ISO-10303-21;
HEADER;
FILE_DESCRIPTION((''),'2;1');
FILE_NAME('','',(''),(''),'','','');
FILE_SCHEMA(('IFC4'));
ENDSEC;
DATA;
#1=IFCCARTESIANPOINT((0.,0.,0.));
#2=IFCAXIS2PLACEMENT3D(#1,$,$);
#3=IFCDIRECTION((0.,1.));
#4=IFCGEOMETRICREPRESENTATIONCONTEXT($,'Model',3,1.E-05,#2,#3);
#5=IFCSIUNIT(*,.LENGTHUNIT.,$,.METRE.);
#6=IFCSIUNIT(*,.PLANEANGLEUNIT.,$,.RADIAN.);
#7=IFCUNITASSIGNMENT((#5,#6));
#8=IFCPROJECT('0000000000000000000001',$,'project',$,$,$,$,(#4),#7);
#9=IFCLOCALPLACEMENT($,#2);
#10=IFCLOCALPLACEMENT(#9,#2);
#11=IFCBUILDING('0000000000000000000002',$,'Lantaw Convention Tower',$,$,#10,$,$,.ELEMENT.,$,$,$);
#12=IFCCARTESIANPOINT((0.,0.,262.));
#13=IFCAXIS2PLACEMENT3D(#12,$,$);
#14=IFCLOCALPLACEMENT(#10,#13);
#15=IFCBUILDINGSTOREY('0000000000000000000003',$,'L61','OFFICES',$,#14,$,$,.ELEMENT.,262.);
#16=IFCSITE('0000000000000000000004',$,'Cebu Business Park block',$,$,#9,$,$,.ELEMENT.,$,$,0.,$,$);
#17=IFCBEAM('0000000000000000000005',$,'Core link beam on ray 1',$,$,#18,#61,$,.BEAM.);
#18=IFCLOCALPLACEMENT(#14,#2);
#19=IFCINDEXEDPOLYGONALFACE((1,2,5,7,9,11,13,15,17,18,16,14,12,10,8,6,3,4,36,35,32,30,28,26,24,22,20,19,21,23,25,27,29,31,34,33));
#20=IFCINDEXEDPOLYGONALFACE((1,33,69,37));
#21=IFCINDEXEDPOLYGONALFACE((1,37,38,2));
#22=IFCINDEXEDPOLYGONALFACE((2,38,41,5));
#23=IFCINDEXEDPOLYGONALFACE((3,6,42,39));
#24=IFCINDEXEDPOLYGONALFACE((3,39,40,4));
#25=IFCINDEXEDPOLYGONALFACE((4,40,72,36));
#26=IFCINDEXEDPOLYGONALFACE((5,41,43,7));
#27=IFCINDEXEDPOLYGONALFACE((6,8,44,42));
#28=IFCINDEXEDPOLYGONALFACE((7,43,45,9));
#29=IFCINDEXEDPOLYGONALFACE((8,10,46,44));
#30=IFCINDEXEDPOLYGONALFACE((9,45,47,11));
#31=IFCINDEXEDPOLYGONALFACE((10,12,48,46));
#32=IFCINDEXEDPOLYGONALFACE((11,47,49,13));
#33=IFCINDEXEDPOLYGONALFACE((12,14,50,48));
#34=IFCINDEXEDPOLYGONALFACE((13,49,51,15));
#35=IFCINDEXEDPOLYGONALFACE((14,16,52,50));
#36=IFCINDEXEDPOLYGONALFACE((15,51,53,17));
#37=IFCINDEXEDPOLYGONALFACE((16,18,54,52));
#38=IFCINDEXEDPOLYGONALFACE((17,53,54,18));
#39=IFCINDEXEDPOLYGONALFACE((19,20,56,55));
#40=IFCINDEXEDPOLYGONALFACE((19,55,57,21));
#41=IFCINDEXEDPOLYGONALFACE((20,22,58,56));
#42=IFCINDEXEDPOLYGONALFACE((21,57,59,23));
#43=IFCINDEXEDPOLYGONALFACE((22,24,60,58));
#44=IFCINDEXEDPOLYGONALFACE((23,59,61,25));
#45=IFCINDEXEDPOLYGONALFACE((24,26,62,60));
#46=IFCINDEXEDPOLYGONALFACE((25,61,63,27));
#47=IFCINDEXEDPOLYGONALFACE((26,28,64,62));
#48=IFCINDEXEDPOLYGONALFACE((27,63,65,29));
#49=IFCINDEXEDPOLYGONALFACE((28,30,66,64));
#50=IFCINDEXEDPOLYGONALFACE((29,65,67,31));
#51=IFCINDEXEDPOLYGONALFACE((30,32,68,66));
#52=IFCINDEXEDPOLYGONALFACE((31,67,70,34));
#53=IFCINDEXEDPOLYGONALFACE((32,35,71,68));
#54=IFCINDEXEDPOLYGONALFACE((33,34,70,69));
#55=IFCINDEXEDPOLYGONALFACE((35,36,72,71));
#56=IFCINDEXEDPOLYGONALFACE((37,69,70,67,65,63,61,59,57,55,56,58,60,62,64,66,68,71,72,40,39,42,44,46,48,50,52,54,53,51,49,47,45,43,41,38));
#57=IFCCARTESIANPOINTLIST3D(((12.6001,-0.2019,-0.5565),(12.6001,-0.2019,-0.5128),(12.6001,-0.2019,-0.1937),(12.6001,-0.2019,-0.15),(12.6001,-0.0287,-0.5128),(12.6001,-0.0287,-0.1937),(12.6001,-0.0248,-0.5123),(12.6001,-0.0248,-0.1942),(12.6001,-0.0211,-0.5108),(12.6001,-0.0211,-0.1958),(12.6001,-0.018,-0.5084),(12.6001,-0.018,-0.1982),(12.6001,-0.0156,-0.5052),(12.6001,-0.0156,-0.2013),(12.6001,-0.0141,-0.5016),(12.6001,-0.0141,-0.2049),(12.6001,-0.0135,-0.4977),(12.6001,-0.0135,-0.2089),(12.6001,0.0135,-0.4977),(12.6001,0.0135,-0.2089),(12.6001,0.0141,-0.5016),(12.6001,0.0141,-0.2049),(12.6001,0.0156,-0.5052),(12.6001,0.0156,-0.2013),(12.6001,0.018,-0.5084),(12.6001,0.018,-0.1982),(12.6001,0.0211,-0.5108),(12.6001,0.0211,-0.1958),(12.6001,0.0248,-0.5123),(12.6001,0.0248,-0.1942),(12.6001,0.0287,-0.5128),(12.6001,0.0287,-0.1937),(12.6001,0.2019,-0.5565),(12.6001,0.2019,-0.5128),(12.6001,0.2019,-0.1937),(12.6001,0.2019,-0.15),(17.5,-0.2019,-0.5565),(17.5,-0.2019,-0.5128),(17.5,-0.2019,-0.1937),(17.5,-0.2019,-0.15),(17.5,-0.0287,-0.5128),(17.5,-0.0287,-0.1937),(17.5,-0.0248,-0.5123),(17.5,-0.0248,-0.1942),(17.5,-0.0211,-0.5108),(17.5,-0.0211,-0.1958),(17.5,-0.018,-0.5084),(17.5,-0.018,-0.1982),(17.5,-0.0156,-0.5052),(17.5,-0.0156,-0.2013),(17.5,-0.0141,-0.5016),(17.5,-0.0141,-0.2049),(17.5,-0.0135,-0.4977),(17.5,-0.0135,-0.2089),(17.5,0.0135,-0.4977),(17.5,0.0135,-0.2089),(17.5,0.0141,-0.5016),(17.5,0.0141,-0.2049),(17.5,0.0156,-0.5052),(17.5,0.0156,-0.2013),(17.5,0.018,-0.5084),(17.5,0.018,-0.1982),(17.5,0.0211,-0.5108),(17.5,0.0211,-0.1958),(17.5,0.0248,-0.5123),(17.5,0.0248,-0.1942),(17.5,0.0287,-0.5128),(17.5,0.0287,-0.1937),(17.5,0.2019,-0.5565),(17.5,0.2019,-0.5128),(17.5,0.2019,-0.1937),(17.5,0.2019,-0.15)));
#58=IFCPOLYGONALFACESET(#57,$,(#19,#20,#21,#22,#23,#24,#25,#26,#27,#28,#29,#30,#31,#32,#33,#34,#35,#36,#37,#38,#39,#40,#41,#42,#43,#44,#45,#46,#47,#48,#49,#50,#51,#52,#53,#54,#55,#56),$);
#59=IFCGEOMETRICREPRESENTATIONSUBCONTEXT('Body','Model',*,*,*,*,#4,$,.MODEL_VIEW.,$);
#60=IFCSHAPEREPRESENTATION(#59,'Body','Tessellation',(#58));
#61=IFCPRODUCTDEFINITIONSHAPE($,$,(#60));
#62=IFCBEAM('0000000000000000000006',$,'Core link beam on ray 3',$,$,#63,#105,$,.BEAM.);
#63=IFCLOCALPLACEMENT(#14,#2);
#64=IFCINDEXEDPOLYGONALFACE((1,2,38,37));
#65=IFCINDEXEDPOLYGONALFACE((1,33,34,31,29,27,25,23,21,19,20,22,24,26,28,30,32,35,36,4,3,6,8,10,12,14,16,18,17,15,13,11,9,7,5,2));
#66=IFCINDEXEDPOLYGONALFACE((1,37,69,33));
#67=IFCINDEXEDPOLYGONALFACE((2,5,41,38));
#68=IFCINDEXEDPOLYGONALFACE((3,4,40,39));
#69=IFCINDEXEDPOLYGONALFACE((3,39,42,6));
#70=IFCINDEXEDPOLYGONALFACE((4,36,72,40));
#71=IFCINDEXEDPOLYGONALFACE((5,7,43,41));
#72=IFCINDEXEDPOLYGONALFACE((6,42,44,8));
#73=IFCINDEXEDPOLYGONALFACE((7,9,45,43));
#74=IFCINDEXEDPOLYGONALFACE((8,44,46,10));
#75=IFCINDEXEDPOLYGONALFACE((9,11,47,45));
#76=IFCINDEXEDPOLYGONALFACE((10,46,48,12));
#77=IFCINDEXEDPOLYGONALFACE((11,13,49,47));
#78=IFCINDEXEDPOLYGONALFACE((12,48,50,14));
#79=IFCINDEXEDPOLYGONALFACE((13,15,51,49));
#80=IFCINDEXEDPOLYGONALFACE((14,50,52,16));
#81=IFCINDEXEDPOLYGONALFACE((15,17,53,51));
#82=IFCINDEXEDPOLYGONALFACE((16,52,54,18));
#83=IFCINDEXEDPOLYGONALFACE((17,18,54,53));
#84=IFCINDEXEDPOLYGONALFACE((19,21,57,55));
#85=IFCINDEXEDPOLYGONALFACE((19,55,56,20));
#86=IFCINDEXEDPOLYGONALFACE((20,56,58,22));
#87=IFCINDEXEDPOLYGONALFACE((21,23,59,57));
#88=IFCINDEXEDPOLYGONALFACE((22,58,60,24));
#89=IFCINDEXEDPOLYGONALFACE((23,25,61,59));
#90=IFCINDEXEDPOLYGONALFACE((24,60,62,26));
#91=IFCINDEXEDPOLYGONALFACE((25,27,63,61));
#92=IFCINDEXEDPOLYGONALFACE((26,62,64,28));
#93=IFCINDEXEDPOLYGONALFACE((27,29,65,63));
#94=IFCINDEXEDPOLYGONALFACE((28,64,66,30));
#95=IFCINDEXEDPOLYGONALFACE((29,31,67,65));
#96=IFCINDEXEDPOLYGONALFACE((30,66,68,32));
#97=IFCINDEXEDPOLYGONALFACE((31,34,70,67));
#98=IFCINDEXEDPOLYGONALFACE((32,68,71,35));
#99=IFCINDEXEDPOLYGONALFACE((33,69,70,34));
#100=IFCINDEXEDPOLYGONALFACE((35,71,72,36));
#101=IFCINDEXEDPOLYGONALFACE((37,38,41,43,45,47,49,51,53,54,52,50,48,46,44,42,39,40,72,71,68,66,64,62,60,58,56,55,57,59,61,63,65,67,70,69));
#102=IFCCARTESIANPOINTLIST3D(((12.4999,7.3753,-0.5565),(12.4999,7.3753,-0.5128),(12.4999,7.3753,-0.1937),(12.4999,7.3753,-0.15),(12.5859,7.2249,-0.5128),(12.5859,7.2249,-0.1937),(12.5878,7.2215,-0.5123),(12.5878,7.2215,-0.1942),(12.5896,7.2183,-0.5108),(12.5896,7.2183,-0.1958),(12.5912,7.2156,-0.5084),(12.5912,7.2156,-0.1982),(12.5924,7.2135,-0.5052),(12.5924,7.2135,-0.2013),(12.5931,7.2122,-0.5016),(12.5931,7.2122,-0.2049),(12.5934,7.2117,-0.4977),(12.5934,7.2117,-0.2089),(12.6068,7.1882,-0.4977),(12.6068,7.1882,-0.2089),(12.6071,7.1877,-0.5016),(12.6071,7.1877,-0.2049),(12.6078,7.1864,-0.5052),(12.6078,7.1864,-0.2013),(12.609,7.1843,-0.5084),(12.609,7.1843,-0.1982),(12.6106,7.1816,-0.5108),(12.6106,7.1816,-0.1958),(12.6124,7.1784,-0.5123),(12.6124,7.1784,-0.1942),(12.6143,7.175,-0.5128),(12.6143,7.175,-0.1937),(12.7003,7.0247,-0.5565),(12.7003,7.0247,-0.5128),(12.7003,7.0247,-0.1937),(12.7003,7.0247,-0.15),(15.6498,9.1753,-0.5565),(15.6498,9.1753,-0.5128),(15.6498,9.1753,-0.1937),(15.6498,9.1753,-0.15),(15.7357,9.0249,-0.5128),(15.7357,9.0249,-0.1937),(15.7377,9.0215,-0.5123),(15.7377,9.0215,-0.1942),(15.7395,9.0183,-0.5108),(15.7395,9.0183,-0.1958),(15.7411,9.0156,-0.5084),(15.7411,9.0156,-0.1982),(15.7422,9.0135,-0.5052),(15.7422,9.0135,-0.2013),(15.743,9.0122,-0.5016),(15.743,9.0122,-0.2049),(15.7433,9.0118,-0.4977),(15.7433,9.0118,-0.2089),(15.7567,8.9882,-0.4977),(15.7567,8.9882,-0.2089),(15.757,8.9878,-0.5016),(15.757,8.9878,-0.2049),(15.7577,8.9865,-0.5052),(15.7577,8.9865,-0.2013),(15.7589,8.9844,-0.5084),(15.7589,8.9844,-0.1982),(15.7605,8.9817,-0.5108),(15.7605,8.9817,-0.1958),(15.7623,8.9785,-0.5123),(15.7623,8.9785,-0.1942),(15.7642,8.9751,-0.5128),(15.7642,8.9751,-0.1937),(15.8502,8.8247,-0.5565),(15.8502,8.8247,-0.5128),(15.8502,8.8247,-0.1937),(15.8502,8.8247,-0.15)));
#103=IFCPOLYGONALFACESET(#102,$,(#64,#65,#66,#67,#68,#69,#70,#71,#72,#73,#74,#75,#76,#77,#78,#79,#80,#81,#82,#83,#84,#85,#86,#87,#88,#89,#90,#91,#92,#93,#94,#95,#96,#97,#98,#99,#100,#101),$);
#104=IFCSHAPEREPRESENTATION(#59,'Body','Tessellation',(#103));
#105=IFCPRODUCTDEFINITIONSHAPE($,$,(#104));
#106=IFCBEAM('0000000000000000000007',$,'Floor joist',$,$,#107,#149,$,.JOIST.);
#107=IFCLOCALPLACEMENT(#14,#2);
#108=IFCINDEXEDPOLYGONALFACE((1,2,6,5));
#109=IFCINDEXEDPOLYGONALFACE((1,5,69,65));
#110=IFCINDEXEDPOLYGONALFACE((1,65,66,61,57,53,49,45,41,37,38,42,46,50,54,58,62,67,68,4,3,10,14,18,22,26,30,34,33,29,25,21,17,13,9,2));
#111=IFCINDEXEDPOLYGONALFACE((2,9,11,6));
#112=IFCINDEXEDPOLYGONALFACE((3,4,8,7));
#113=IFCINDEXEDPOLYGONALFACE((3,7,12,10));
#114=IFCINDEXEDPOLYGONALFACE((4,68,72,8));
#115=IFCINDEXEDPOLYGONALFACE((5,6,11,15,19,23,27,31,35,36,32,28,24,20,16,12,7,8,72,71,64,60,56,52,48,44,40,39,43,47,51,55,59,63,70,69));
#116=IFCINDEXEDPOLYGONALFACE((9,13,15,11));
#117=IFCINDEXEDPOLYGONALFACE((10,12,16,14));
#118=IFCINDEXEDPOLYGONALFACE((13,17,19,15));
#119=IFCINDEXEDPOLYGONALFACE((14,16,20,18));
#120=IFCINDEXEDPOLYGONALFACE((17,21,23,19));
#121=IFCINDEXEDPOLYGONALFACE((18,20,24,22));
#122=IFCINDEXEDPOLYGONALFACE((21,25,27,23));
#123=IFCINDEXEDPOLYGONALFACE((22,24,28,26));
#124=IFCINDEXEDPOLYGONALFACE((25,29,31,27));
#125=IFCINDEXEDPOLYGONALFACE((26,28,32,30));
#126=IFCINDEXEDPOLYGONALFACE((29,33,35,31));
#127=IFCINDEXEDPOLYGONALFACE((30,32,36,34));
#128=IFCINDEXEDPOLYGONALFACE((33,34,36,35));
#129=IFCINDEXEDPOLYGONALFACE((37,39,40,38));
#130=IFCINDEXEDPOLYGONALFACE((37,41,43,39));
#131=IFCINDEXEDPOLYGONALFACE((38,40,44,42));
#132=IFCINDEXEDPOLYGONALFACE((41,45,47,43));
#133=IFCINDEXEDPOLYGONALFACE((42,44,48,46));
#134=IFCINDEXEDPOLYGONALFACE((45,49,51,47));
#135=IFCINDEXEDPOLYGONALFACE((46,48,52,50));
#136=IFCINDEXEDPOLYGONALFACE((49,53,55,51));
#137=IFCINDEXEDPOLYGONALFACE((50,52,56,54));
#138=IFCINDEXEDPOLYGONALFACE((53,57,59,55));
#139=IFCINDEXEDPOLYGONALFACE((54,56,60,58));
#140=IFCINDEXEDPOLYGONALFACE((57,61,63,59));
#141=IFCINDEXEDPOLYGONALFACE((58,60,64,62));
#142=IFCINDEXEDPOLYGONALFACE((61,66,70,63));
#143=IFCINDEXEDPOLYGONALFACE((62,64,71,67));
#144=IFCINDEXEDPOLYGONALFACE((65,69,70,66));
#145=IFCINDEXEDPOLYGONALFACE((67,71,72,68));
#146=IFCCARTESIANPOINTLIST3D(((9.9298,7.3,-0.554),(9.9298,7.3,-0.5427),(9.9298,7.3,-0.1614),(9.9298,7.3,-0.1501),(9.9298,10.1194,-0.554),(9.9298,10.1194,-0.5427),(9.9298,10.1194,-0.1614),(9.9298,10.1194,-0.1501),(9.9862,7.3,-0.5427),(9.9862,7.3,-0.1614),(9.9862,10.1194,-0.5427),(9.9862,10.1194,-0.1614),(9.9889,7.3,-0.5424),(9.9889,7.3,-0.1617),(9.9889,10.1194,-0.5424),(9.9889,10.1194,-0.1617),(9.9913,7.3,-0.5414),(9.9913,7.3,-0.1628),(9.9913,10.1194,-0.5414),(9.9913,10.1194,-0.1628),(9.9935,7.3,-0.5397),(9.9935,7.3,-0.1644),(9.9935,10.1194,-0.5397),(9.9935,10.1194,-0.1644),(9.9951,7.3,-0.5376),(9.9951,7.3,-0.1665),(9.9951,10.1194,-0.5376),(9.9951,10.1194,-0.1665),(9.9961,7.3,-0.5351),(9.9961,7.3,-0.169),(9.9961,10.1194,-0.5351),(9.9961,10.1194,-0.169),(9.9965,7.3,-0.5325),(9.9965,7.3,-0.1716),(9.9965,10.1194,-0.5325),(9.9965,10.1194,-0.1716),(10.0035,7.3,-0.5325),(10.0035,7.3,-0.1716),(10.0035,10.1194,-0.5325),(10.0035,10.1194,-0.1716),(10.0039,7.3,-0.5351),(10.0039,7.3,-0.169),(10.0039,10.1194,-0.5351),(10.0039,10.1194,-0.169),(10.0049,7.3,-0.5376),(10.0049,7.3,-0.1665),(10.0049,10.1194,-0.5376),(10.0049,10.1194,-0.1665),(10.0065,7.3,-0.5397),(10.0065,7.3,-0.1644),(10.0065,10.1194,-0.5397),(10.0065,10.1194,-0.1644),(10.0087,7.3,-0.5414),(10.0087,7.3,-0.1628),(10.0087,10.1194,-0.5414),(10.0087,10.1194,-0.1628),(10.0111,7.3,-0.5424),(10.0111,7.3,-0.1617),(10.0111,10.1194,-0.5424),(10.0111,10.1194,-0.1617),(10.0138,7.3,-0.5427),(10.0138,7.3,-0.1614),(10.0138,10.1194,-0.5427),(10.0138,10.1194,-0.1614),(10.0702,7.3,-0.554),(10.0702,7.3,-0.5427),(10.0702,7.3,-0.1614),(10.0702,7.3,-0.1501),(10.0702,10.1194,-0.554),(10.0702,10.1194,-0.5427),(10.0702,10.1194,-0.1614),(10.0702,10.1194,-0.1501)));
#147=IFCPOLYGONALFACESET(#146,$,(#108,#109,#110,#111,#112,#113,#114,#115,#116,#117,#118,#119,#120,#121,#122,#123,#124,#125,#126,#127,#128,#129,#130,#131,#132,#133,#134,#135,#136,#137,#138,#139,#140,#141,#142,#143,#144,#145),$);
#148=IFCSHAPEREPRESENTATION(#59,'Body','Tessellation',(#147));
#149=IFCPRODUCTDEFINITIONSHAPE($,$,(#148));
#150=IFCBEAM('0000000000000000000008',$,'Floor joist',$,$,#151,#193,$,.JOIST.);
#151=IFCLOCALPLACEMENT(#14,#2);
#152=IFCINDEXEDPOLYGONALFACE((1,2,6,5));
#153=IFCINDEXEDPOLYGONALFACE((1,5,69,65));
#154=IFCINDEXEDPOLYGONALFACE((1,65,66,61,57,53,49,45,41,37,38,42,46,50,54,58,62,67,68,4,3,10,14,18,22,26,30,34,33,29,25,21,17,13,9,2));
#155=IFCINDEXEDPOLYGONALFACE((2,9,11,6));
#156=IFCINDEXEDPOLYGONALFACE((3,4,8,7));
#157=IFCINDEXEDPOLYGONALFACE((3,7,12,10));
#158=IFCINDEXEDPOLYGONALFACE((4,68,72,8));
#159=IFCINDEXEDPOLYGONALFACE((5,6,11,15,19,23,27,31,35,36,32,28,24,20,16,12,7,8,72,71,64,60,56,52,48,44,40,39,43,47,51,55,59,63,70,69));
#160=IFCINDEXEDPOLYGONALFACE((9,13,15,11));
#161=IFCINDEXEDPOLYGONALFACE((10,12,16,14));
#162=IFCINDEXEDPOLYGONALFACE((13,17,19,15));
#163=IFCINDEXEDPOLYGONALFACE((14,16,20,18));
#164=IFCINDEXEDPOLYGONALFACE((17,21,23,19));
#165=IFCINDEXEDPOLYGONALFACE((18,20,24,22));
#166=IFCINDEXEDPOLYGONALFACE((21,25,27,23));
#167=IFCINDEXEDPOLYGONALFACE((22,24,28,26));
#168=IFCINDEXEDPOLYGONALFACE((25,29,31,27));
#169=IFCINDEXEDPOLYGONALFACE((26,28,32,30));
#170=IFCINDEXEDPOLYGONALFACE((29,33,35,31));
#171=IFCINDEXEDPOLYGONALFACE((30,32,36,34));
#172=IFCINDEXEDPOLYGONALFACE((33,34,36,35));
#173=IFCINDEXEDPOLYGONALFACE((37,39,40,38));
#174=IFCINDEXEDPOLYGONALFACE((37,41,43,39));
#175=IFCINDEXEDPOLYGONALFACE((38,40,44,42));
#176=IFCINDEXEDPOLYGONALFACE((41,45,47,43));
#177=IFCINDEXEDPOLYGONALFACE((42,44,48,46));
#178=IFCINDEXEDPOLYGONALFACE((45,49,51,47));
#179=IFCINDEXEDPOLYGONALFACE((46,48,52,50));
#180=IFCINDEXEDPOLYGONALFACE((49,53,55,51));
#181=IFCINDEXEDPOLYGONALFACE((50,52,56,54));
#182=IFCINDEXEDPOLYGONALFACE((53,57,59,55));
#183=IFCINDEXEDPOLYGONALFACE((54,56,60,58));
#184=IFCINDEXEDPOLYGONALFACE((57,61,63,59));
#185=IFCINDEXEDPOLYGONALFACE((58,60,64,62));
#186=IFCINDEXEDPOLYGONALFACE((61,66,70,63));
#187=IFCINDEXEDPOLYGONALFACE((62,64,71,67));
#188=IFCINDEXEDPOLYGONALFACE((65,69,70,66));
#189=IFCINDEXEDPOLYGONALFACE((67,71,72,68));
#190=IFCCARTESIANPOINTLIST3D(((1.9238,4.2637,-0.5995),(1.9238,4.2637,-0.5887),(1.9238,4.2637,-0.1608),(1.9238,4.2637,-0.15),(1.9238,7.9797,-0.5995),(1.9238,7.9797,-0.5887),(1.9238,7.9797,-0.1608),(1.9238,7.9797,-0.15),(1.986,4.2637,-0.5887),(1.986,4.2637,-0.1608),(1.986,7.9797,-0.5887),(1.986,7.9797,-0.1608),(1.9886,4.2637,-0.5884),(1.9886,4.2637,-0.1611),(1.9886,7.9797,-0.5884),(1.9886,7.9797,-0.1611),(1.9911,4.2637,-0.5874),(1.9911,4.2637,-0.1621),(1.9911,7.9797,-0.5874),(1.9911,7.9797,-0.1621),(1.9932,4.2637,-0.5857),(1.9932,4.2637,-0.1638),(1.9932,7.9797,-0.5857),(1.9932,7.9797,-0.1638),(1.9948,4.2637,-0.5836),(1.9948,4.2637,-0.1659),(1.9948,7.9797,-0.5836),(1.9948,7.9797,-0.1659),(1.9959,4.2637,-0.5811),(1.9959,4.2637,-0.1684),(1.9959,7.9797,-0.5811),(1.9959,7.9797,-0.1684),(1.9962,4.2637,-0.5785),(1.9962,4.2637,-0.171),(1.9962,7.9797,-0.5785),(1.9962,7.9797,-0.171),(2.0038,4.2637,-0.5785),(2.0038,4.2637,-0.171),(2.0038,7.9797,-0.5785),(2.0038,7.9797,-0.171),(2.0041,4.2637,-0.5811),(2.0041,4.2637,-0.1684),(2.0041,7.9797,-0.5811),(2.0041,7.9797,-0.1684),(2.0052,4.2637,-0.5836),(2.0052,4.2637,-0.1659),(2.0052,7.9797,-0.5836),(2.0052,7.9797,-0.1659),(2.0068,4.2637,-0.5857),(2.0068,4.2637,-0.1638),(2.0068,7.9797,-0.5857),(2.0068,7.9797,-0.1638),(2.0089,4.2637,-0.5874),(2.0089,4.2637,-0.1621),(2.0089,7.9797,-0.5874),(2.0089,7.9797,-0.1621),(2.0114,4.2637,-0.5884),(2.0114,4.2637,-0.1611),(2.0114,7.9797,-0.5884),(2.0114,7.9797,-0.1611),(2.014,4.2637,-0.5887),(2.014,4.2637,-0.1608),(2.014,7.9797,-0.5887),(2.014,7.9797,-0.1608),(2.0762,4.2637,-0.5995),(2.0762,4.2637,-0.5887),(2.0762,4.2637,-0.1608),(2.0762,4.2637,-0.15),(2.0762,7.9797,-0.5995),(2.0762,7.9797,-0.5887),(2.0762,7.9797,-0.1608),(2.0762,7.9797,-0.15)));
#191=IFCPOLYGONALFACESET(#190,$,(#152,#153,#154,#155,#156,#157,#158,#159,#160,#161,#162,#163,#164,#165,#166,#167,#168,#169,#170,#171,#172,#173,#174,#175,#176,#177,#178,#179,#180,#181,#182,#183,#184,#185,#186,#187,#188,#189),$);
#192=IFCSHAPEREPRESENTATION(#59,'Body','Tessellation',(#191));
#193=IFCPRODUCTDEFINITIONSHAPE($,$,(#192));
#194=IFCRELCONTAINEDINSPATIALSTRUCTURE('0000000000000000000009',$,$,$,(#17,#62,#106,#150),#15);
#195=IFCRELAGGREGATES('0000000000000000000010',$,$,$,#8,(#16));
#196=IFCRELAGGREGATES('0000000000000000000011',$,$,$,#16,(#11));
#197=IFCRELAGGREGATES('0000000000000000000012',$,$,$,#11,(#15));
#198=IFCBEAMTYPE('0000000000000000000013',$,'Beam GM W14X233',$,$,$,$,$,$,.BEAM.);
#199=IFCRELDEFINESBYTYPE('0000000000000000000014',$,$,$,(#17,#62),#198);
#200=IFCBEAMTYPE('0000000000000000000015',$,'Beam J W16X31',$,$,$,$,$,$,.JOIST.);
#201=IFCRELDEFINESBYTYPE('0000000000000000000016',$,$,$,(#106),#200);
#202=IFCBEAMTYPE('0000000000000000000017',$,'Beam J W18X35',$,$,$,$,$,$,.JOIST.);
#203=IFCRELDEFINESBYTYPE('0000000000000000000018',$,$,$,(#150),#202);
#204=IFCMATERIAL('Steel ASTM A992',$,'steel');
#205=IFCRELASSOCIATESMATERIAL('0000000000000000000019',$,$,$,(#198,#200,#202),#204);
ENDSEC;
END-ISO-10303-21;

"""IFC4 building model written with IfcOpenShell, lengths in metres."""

from ifc_helpers import new_model, si_unit, direction, frame, origin, origin_2d, place, context, subcontext, project, spatial, i_section, extrude, material, material_profile, profile_set, type_object, element, save


model = new_model("IFC4")

# Units and contexts
model_context = context("Model", 3, precision=1e-05, world=origin(), true_north=direction((0.0, 1.0)))
body_context = subcontext(model_context, "Body", "Model", "MODEL_VIEW")
ifc_project = project(units=[si_unit("LENGTHUNIT", "METRE"), si_unit("PLANEANGLEUNIT", "RADIAN")], contexts=[model_context])

# Site, building, storey
site_placement = place(None, origin())
site = spatial("IfcSite", under=ifc_project, at=site_placement, Name="Cebu Business Park block", CompositionType="ELEMENT", RefElevation=0.0)
building_placement = place(site_placement, origin())
building = spatial("IfcBuilding", under=site, at=building_placement, Name="Lantaw Convention Tower", CompositionType="ELEMENT")
storey_placement = place(building_placement, frame((0.0, 0.0, 262.0)))
storey = spatial("IfcBuildingStorey", under=building, at=storey_placement, Name="L61", Description="OFFICES", CompositionType="ELEMENT", Elevation=262.0)

# Beams
ifc_material_1 = material(Name="Steel ASTM A992", Category="steel")
ifc_material_profile_1 = material_profile(ifc_material_1, i_section(OverallWidth=0.4038, OverallDepth=0.4065, WebThickness=0.0271, FlangeThickness=0.0437, FilletRadius=0.0151, at=origin_2d()), Name="W14X233")
ifc_profile_set_1 = profile_set([ifc_material_profile_1], Name="Steel ASTM A992")
beam_type_1 = type_object("IfcBeamType", Name="Beam GM W14X233", PredefinedType="BEAM", material=ifc_profile_set_1)
beam_1_placement = place(storey_placement, frame((12.6001, 0.0, -0.3533), z_axis=(1.0, 0.0, 0.0), x_axis=(0.0, 1.0, 0.0)))
element("IfcBeam", 1, at=beam_1_placement, inside=storey, type_object=beam_type_1, Name="Core link beam on ray 1", PredefinedType="BEAM", context=body_context, shape_type="SweptSolid", body=[
    extrude(i_section(OverallWidth=0.4038, OverallDepth=0.4065, WebThickness=0.0271, FlangeThickness=0.0437, FilletRadius=0.0151, at=origin_2d()), origin(), (0.0, 0.0, 1.0), 4.8999),
])
beam_2_placement = place(storey_placement, frame((12.6001, 7.2, -0.3533), z_axis=(0.868231, 0.496161, 0.0), x_axis=(-0.496161, 0.868231, 0.0)))
element("IfcBeam", 2, at=beam_2_placement, inside=storey, type_object=beam_type_1, Name="Core link beam on ray 3", PredefinedType="BEAM", context=body_context, shape_type="SweptSolid", body=[
    extrude(i_section(OverallWidth=0.4038, OverallDepth=0.4065, WebThickness=0.0271, FlangeThickness=0.0437, FilletRadius=0.0151, at=origin_2d()), origin(), (0.0, 0.0, 1.0), 3.6279),
])
ifc_material_profile_2 = material_profile(ifc_material_1, i_section(OverallWidth=0.1404, OverallDepth=0.4038, WebThickness=0.0071, FlangeThickness=0.0112, FilletRadius=0.0103, at=origin_2d()), Name="W16X31")
ifc_profile_set_2 = profile_set([ifc_material_profile_2], Name="Steel ASTM A992")
beam_type_2 = type_object("IfcBeamType", Name="Beam J W16X31", PredefinedType="JOIST", material=ifc_profile_set_2)
beam_3_placement = place(storey_placement, frame((10.0, 7.3, -0.3521), z_axis=(0.0, 1.0, 0.0), x_axis=(-1.0, 0.0, 0.0)))
element("IfcBeam", 3, at=beam_3_placement, inside=storey, type_object=beam_type_2, Name="Floor joist", PredefinedType="JOIST", context=body_context, shape_type="SweptSolid", body=[
    extrude(i_section(OverallWidth=0.1404, OverallDepth=0.4038, WebThickness=0.0071, FlangeThickness=0.0112, FilletRadius=0.0103, at=origin_2d()), origin(), (0.0, 0.0, 1.0), 2.8193),
])
ifc_material_profile_3 = material_profile(ifc_material_1, i_section(OverallWidth=0.1523, OverallDepth=0.4495, WebThickness=0.0076, FlangeThickness=0.0107, FilletRadius=0.0103, at=origin_2d()), Name="W18X35")
ifc_profile_set_3 = profile_set([ifc_material_profile_3], Name="Steel ASTM A992")
beam_type_3 = type_object("IfcBeamType", Name="Beam J W18X35", PredefinedType="JOIST", material=ifc_profile_set_3)
beam_4_placement = place(storey_placement, frame((2.0, 4.2637, -0.3748), z_axis=(0.0, 1.0, 0.0), x_axis=(-1.0, 0.0, 0.0)))
element("IfcBeam", 4, at=beam_4_placement, inside=storey, type_object=beam_type_3, Name="Floor joist", PredefinedType="JOIST", context=body_context, shape_type="SweptSolid", body=[
    extrude(i_section(OverallWidth=0.1523, OverallDepth=0.4495, WebThickness=0.0076, FlangeThickness=0.0107, FilletRadius=0.0103, at=origin_2d()), origin(), (0.0, 0.0, 1.0), 3.7161),
])

save(model, "model.ifc")
